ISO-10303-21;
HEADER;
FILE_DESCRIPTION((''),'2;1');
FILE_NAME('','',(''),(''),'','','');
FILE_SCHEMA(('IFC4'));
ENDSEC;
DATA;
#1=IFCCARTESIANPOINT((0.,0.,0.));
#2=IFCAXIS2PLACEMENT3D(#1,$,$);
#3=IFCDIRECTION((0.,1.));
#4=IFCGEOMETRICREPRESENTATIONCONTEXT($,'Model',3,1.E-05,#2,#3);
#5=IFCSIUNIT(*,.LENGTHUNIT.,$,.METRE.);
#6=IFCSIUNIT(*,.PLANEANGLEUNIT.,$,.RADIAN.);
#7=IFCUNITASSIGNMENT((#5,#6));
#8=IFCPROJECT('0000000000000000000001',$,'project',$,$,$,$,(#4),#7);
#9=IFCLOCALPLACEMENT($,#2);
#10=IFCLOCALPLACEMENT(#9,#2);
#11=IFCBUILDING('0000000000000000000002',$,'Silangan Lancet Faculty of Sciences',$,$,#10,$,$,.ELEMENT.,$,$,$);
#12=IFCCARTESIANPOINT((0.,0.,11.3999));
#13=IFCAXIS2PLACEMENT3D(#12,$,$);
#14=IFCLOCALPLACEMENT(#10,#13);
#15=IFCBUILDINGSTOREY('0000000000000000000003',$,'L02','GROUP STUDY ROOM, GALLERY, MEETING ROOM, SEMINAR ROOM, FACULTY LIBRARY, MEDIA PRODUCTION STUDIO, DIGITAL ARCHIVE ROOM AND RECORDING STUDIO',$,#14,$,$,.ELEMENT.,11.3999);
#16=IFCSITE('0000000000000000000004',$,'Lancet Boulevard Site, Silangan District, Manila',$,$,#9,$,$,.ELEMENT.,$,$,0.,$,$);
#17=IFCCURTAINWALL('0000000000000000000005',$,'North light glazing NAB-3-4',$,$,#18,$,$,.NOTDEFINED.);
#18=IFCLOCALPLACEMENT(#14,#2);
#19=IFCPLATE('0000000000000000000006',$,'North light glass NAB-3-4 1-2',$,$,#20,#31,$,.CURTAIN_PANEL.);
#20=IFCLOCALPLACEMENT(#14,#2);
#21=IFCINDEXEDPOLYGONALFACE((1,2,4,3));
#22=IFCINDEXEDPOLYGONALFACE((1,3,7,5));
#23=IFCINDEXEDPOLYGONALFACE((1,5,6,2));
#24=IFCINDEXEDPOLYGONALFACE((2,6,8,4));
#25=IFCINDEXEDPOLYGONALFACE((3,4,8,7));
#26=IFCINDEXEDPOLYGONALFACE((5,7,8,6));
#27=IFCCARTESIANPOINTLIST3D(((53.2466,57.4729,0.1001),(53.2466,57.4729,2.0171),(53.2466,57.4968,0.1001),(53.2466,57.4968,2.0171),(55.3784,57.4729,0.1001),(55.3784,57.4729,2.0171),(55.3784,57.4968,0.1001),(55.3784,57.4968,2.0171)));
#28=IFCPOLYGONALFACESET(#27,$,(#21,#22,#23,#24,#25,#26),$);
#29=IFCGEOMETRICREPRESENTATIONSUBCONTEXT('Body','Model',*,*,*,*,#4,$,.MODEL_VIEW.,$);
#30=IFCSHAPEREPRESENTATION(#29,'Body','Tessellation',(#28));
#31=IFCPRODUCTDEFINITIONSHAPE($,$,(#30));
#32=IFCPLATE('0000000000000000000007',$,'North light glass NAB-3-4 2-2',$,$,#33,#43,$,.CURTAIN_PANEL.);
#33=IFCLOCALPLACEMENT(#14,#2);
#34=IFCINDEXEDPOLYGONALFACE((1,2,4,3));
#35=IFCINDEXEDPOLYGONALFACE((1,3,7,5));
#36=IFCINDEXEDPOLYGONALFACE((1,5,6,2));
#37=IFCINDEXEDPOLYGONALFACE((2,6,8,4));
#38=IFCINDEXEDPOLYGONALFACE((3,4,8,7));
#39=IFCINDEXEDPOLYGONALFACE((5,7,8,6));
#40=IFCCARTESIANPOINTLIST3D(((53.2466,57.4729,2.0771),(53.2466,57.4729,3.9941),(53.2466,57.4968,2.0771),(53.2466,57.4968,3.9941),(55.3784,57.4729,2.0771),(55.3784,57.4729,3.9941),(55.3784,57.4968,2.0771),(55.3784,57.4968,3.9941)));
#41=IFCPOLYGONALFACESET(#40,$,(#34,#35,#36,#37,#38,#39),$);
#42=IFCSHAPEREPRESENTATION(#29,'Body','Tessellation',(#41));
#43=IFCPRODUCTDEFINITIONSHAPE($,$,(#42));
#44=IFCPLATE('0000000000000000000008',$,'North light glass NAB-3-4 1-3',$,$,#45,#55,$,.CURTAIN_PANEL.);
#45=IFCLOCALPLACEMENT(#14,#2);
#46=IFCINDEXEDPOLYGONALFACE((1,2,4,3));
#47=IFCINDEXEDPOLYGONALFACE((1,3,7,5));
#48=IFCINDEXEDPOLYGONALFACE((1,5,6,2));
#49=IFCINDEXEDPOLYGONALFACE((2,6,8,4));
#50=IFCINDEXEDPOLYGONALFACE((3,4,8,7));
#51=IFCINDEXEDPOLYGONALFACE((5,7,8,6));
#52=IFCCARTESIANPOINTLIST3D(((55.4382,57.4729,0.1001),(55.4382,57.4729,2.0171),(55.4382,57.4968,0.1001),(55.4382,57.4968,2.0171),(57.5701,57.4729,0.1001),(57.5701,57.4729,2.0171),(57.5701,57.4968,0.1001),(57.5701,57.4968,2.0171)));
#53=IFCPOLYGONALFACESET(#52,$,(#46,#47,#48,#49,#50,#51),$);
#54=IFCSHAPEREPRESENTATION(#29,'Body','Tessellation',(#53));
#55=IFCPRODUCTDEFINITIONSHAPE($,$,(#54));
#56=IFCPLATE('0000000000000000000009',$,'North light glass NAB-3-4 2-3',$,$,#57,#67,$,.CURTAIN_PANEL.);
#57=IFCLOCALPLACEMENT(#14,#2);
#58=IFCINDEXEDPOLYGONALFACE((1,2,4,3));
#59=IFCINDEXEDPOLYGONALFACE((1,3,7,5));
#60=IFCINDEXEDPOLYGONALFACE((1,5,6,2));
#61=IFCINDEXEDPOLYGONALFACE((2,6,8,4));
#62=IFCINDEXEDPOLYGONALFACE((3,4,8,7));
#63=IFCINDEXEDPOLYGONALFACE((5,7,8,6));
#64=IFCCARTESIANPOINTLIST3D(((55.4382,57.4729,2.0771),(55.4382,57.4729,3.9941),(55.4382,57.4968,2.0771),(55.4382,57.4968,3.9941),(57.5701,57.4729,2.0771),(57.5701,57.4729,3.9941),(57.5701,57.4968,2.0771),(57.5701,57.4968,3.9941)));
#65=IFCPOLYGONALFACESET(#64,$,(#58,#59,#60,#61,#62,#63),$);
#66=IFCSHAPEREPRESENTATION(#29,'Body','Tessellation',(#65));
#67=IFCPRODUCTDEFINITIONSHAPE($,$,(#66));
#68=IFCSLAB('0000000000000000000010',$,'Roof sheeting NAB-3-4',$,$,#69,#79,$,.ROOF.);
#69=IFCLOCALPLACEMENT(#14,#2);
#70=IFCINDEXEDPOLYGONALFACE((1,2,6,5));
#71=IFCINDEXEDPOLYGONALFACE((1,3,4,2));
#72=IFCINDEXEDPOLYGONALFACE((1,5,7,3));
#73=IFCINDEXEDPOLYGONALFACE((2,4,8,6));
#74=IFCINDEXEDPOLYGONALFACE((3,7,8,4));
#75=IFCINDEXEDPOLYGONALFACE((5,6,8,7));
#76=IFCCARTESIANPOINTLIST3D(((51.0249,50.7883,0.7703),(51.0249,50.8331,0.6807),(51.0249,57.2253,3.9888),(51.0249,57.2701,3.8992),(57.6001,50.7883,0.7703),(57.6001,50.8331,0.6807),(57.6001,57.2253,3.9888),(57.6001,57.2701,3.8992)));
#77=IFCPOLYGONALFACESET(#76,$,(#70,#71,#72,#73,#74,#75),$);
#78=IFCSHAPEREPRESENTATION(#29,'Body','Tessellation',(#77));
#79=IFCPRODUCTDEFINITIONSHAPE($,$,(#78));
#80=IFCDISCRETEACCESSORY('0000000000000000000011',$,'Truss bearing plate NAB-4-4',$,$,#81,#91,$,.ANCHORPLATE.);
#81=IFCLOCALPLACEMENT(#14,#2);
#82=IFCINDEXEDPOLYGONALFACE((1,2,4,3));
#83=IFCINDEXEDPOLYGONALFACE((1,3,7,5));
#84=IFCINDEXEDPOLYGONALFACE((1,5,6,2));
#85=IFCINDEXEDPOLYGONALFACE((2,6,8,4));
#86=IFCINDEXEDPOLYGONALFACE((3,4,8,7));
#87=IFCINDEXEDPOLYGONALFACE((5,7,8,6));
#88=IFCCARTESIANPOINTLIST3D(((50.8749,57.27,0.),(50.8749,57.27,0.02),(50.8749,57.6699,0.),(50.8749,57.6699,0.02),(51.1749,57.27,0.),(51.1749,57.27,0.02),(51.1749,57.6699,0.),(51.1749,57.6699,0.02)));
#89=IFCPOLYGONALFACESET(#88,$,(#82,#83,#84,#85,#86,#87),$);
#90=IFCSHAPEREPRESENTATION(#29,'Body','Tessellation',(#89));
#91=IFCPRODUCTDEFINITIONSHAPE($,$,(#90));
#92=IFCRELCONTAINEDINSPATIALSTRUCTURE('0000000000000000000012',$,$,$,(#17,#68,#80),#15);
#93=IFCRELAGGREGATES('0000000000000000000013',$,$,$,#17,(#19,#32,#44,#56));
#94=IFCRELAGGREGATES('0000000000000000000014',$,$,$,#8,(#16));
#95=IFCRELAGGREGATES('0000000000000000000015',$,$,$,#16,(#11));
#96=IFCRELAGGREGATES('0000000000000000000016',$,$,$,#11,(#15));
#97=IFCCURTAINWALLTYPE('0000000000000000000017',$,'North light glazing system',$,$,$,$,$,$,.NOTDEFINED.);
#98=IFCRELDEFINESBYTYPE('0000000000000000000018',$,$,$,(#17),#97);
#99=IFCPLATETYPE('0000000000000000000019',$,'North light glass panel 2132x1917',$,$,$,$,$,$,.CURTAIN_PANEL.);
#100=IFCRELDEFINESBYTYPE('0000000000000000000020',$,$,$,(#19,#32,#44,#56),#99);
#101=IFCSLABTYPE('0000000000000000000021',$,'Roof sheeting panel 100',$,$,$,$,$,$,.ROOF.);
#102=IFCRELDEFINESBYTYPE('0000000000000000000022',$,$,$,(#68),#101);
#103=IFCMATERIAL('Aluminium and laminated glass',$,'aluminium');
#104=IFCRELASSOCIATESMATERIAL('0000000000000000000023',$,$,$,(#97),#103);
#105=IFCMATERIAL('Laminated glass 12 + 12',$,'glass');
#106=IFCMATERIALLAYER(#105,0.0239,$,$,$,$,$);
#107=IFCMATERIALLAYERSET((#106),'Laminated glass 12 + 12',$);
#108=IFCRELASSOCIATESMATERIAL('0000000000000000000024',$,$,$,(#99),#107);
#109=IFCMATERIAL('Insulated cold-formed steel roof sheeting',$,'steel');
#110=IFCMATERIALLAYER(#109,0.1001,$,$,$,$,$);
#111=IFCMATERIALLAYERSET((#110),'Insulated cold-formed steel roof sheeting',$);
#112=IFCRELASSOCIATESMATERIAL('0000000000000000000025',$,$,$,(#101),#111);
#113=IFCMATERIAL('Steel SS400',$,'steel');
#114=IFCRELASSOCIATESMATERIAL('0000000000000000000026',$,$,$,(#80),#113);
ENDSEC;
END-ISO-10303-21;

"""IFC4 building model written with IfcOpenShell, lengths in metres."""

from ifc_helpers import new_model, si_unit, direction, frame, origin, origin_2d, place, context, subcontext, project, spatial, polyline, rectangle, outline, extrude, material, layer, layer_set, type_object, element, aggregate, save


model = new_model("IFC4")

# Units and contexts
model_context = context("Model", 3, precision=1e-05, world=origin(), true_north=direction((0.0, 1.0)))
body_context = subcontext(model_context, "Body", "Model", "MODEL_VIEW")
ifc_project = project(units=[si_unit("LENGTHUNIT", "METRE"), si_unit("PLANEANGLEUNIT", "RADIAN")], contexts=[model_context])

# Site, building, storey
site_placement = place(None, origin())
site = spatial("IfcSite", under=ifc_project, at=site_placement, Name="Lancet Boulevard Site, Silangan District, Manila", CompositionType="ELEMENT", RefElevation=0.0)
building_placement = place(site_placement, origin())
building = spatial("IfcBuilding", under=site, at=building_placement, Name="Silangan Lancet Faculty of Sciences", CompositionType="ELEMENT")
storey_placement = place(building_placement, frame((0.0, 0.0, 11.3999)))
storey = spatial("IfcBuildingStorey", under=building, at=storey_placement, Name="L02", Description="GROUP STUDY ROOM, GALLERY, MEETING ROOM, SEMINAR ROOM, FACULTY LIBRARY, MEDIA PRODUCTION STUDIO, DIGITAL ARCHIVE ROOM AND RECORDING STUDIO", CompositionType="ELEMENT", Elevation=11.3999)

# Curtain wall
ifc_material_1 = material(Name="Aluminium and laminated glass", Category="aluminium")
curtain_wall_type = type_object("IfcCurtainWallType", Name="North light glazing system", PredefinedType="NOTDEFINED", material=ifc_material_1)
curtain_wall_1_placement = place(storey_placement, origin())
curtain_wall_1 = element("IfcCurtainWall", 1, at=curtain_wall_1_placement, inside=storey, type_object=curtain_wall_type, Name="North light glazing NAB-3-4", PredefinedType="NOTDEFINED")

# Plates
ifc_material_2 = material(Name="Laminated glass 12 + 12", Category="glass")
ifc_layer_1 = layer(ifc_material_2, 0.0239)
ifc_layer_set_1 = layer_set([ifc_layer_1], Name="Laminated glass 12 + 12")
plate_type = type_object("IfcPlateType", Name="North light glass panel 2132x1917", PredefinedType="CURTAIN_PANEL", material=ifc_layer_set_1)
plate_1_placement = place(storey_placement, frame((53.2466, 57.4729, 0.1001), z_axis=(0.0, -1.0, 0.0), x_axis=(1.0, 0.0, 0.0)))
plate_1 = element("IfcPlate", 2, at=plate_1_placement, type_object=plate_type, Name="North light glass NAB-3-4 1-2", PredefinedType="CURTAIN_PANEL", context=body_context, shape_type="SweptSolid", body=[
    extrude(outline(polyline([(0.0, 0.0), (2.1318, 0.0), (2.1318, 1.917), (0.0, 1.917), (0.0, 0.0)])), origin(), (0.0, 0.0, -1.0), 0.0239),
])
plate_2_placement = place(storey_placement, frame((53.2466, 57.4729, 2.0771), z_axis=(0.0, -1.0, 0.0), x_axis=(1.0, 0.0, 0.0)))
plate_2 = element("IfcPlate", 3, at=plate_2_placement, type_object=plate_type, Name="North light glass NAB-3-4 2-2", PredefinedType="CURTAIN_PANEL", context=body_context, shape_type="SweptSolid", body=[
    extrude(outline(polyline([(0.0, 0.0), (2.1318, 0.0), (2.1318, 1.917), (0.0, 1.917), (0.0, 0.0)])), origin(), (0.0, 0.0, -1.0), 0.0239),
])
plate_3_placement = place(storey_placement, frame((55.4382, 57.4729, 0.1001), z_axis=(0.0, -1.0, 0.0), x_axis=(1.0, 0.0, 0.0)))
plate_3 = element("IfcPlate", 4, at=plate_3_placement, type_object=plate_type, Name="North light glass NAB-3-4 1-3", PredefinedType="CURTAIN_PANEL", context=body_context, shape_type="SweptSolid", body=[
    extrude(outline(polyline([(0.0, 0.0), (2.1318, 0.0), (2.1318, 1.917), (0.0, 1.917), (0.0, 0.0)])), origin(), (0.0, 0.0, -1.0), 0.0239),
])
plate_4_placement = place(storey_placement, frame((55.4382, 57.4729, 2.0771), z_axis=(0.0, -1.0, 0.0), x_axis=(1.0, 0.0, 0.0)))
plate_4 = element("IfcPlate", 5, at=plate_4_placement, type_object=plate_type, Name="North light glass NAB-3-4 2-3", PredefinedType="CURTAIN_PANEL", context=body_context, shape_type="SweptSolid", body=[
    extrude(outline(polyline([(0.0, 0.0), (2.1318, 0.0), (2.1318, 1.917), (0.0, 1.917), (0.0, 0.0)])), origin(), (0.0, 0.0, -1.0), 0.0239),
])
aggregate(curtain_wall_1, [plate_1, plate_2, plate_3, plate_4])

# Slab
ifc_material_3 = material(Name="Insulated cold-formed steel roof sheeting", Category="steel")
ifc_layer_2 = layer(ifc_material_3, 0.1001)
ifc_layer_set_2 = layer_set([ifc_layer_2], Name="Insulated cold-formed steel roof sheeting")
slab_type = type_object("IfcSlabType", Name="Roof sheeting panel 100", PredefinedType="ROOF", material=ifc_layer_set_2)
slab_placement = place(storey_placement, frame((51.0249, 50.7883, 0.7703), z_axis=(0.0, -0.447214, 0.894427), x_axis=(1.0, 0.0, 0.0)))
element("IfcSlab", 6, at=slab_placement, inside=storey, type_object=slab_type, Name="Roof sheeting NAB-3-4", PredefinedType="ROOF", context=body_context, shape_type="SweptSolid", body=[
    extrude(outline(polyline([(0.0, 0.0), (6.5752, 0.0), (6.5752, 7.1968), (0.0, 7.1968), (0.0, 0.0)])), origin(), (0.0, 0.0, -1.0), 0.1001),
])

# Discrete accessory
ifc_material_4 = material(Name="Steel SS400", Category="steel")
discrete_accessory_placement = place(storey_placement, frame((51.0249, 57.47, 0.0), z_axis=(0.0, 0.0, 1.0), x_axis=(1.0, 0.0, 0.0)))
element("IfcDiscreteAccessory", 7, at=discrete_accessory_placement, inside=storey, material=ifc_material_4, Name="Truss bearing plate NAB-4-4", PredefinedType="ANCHORPLATE", context=body_context, shape_type="SweptSolid", body=[
    extrude(rectangle(XDim=0.3, YDim=0.3999, at=origin_2d()), origin(), (0.0, 0.0, 1.0), 0.02),
])

save(model, "model.ifc")
